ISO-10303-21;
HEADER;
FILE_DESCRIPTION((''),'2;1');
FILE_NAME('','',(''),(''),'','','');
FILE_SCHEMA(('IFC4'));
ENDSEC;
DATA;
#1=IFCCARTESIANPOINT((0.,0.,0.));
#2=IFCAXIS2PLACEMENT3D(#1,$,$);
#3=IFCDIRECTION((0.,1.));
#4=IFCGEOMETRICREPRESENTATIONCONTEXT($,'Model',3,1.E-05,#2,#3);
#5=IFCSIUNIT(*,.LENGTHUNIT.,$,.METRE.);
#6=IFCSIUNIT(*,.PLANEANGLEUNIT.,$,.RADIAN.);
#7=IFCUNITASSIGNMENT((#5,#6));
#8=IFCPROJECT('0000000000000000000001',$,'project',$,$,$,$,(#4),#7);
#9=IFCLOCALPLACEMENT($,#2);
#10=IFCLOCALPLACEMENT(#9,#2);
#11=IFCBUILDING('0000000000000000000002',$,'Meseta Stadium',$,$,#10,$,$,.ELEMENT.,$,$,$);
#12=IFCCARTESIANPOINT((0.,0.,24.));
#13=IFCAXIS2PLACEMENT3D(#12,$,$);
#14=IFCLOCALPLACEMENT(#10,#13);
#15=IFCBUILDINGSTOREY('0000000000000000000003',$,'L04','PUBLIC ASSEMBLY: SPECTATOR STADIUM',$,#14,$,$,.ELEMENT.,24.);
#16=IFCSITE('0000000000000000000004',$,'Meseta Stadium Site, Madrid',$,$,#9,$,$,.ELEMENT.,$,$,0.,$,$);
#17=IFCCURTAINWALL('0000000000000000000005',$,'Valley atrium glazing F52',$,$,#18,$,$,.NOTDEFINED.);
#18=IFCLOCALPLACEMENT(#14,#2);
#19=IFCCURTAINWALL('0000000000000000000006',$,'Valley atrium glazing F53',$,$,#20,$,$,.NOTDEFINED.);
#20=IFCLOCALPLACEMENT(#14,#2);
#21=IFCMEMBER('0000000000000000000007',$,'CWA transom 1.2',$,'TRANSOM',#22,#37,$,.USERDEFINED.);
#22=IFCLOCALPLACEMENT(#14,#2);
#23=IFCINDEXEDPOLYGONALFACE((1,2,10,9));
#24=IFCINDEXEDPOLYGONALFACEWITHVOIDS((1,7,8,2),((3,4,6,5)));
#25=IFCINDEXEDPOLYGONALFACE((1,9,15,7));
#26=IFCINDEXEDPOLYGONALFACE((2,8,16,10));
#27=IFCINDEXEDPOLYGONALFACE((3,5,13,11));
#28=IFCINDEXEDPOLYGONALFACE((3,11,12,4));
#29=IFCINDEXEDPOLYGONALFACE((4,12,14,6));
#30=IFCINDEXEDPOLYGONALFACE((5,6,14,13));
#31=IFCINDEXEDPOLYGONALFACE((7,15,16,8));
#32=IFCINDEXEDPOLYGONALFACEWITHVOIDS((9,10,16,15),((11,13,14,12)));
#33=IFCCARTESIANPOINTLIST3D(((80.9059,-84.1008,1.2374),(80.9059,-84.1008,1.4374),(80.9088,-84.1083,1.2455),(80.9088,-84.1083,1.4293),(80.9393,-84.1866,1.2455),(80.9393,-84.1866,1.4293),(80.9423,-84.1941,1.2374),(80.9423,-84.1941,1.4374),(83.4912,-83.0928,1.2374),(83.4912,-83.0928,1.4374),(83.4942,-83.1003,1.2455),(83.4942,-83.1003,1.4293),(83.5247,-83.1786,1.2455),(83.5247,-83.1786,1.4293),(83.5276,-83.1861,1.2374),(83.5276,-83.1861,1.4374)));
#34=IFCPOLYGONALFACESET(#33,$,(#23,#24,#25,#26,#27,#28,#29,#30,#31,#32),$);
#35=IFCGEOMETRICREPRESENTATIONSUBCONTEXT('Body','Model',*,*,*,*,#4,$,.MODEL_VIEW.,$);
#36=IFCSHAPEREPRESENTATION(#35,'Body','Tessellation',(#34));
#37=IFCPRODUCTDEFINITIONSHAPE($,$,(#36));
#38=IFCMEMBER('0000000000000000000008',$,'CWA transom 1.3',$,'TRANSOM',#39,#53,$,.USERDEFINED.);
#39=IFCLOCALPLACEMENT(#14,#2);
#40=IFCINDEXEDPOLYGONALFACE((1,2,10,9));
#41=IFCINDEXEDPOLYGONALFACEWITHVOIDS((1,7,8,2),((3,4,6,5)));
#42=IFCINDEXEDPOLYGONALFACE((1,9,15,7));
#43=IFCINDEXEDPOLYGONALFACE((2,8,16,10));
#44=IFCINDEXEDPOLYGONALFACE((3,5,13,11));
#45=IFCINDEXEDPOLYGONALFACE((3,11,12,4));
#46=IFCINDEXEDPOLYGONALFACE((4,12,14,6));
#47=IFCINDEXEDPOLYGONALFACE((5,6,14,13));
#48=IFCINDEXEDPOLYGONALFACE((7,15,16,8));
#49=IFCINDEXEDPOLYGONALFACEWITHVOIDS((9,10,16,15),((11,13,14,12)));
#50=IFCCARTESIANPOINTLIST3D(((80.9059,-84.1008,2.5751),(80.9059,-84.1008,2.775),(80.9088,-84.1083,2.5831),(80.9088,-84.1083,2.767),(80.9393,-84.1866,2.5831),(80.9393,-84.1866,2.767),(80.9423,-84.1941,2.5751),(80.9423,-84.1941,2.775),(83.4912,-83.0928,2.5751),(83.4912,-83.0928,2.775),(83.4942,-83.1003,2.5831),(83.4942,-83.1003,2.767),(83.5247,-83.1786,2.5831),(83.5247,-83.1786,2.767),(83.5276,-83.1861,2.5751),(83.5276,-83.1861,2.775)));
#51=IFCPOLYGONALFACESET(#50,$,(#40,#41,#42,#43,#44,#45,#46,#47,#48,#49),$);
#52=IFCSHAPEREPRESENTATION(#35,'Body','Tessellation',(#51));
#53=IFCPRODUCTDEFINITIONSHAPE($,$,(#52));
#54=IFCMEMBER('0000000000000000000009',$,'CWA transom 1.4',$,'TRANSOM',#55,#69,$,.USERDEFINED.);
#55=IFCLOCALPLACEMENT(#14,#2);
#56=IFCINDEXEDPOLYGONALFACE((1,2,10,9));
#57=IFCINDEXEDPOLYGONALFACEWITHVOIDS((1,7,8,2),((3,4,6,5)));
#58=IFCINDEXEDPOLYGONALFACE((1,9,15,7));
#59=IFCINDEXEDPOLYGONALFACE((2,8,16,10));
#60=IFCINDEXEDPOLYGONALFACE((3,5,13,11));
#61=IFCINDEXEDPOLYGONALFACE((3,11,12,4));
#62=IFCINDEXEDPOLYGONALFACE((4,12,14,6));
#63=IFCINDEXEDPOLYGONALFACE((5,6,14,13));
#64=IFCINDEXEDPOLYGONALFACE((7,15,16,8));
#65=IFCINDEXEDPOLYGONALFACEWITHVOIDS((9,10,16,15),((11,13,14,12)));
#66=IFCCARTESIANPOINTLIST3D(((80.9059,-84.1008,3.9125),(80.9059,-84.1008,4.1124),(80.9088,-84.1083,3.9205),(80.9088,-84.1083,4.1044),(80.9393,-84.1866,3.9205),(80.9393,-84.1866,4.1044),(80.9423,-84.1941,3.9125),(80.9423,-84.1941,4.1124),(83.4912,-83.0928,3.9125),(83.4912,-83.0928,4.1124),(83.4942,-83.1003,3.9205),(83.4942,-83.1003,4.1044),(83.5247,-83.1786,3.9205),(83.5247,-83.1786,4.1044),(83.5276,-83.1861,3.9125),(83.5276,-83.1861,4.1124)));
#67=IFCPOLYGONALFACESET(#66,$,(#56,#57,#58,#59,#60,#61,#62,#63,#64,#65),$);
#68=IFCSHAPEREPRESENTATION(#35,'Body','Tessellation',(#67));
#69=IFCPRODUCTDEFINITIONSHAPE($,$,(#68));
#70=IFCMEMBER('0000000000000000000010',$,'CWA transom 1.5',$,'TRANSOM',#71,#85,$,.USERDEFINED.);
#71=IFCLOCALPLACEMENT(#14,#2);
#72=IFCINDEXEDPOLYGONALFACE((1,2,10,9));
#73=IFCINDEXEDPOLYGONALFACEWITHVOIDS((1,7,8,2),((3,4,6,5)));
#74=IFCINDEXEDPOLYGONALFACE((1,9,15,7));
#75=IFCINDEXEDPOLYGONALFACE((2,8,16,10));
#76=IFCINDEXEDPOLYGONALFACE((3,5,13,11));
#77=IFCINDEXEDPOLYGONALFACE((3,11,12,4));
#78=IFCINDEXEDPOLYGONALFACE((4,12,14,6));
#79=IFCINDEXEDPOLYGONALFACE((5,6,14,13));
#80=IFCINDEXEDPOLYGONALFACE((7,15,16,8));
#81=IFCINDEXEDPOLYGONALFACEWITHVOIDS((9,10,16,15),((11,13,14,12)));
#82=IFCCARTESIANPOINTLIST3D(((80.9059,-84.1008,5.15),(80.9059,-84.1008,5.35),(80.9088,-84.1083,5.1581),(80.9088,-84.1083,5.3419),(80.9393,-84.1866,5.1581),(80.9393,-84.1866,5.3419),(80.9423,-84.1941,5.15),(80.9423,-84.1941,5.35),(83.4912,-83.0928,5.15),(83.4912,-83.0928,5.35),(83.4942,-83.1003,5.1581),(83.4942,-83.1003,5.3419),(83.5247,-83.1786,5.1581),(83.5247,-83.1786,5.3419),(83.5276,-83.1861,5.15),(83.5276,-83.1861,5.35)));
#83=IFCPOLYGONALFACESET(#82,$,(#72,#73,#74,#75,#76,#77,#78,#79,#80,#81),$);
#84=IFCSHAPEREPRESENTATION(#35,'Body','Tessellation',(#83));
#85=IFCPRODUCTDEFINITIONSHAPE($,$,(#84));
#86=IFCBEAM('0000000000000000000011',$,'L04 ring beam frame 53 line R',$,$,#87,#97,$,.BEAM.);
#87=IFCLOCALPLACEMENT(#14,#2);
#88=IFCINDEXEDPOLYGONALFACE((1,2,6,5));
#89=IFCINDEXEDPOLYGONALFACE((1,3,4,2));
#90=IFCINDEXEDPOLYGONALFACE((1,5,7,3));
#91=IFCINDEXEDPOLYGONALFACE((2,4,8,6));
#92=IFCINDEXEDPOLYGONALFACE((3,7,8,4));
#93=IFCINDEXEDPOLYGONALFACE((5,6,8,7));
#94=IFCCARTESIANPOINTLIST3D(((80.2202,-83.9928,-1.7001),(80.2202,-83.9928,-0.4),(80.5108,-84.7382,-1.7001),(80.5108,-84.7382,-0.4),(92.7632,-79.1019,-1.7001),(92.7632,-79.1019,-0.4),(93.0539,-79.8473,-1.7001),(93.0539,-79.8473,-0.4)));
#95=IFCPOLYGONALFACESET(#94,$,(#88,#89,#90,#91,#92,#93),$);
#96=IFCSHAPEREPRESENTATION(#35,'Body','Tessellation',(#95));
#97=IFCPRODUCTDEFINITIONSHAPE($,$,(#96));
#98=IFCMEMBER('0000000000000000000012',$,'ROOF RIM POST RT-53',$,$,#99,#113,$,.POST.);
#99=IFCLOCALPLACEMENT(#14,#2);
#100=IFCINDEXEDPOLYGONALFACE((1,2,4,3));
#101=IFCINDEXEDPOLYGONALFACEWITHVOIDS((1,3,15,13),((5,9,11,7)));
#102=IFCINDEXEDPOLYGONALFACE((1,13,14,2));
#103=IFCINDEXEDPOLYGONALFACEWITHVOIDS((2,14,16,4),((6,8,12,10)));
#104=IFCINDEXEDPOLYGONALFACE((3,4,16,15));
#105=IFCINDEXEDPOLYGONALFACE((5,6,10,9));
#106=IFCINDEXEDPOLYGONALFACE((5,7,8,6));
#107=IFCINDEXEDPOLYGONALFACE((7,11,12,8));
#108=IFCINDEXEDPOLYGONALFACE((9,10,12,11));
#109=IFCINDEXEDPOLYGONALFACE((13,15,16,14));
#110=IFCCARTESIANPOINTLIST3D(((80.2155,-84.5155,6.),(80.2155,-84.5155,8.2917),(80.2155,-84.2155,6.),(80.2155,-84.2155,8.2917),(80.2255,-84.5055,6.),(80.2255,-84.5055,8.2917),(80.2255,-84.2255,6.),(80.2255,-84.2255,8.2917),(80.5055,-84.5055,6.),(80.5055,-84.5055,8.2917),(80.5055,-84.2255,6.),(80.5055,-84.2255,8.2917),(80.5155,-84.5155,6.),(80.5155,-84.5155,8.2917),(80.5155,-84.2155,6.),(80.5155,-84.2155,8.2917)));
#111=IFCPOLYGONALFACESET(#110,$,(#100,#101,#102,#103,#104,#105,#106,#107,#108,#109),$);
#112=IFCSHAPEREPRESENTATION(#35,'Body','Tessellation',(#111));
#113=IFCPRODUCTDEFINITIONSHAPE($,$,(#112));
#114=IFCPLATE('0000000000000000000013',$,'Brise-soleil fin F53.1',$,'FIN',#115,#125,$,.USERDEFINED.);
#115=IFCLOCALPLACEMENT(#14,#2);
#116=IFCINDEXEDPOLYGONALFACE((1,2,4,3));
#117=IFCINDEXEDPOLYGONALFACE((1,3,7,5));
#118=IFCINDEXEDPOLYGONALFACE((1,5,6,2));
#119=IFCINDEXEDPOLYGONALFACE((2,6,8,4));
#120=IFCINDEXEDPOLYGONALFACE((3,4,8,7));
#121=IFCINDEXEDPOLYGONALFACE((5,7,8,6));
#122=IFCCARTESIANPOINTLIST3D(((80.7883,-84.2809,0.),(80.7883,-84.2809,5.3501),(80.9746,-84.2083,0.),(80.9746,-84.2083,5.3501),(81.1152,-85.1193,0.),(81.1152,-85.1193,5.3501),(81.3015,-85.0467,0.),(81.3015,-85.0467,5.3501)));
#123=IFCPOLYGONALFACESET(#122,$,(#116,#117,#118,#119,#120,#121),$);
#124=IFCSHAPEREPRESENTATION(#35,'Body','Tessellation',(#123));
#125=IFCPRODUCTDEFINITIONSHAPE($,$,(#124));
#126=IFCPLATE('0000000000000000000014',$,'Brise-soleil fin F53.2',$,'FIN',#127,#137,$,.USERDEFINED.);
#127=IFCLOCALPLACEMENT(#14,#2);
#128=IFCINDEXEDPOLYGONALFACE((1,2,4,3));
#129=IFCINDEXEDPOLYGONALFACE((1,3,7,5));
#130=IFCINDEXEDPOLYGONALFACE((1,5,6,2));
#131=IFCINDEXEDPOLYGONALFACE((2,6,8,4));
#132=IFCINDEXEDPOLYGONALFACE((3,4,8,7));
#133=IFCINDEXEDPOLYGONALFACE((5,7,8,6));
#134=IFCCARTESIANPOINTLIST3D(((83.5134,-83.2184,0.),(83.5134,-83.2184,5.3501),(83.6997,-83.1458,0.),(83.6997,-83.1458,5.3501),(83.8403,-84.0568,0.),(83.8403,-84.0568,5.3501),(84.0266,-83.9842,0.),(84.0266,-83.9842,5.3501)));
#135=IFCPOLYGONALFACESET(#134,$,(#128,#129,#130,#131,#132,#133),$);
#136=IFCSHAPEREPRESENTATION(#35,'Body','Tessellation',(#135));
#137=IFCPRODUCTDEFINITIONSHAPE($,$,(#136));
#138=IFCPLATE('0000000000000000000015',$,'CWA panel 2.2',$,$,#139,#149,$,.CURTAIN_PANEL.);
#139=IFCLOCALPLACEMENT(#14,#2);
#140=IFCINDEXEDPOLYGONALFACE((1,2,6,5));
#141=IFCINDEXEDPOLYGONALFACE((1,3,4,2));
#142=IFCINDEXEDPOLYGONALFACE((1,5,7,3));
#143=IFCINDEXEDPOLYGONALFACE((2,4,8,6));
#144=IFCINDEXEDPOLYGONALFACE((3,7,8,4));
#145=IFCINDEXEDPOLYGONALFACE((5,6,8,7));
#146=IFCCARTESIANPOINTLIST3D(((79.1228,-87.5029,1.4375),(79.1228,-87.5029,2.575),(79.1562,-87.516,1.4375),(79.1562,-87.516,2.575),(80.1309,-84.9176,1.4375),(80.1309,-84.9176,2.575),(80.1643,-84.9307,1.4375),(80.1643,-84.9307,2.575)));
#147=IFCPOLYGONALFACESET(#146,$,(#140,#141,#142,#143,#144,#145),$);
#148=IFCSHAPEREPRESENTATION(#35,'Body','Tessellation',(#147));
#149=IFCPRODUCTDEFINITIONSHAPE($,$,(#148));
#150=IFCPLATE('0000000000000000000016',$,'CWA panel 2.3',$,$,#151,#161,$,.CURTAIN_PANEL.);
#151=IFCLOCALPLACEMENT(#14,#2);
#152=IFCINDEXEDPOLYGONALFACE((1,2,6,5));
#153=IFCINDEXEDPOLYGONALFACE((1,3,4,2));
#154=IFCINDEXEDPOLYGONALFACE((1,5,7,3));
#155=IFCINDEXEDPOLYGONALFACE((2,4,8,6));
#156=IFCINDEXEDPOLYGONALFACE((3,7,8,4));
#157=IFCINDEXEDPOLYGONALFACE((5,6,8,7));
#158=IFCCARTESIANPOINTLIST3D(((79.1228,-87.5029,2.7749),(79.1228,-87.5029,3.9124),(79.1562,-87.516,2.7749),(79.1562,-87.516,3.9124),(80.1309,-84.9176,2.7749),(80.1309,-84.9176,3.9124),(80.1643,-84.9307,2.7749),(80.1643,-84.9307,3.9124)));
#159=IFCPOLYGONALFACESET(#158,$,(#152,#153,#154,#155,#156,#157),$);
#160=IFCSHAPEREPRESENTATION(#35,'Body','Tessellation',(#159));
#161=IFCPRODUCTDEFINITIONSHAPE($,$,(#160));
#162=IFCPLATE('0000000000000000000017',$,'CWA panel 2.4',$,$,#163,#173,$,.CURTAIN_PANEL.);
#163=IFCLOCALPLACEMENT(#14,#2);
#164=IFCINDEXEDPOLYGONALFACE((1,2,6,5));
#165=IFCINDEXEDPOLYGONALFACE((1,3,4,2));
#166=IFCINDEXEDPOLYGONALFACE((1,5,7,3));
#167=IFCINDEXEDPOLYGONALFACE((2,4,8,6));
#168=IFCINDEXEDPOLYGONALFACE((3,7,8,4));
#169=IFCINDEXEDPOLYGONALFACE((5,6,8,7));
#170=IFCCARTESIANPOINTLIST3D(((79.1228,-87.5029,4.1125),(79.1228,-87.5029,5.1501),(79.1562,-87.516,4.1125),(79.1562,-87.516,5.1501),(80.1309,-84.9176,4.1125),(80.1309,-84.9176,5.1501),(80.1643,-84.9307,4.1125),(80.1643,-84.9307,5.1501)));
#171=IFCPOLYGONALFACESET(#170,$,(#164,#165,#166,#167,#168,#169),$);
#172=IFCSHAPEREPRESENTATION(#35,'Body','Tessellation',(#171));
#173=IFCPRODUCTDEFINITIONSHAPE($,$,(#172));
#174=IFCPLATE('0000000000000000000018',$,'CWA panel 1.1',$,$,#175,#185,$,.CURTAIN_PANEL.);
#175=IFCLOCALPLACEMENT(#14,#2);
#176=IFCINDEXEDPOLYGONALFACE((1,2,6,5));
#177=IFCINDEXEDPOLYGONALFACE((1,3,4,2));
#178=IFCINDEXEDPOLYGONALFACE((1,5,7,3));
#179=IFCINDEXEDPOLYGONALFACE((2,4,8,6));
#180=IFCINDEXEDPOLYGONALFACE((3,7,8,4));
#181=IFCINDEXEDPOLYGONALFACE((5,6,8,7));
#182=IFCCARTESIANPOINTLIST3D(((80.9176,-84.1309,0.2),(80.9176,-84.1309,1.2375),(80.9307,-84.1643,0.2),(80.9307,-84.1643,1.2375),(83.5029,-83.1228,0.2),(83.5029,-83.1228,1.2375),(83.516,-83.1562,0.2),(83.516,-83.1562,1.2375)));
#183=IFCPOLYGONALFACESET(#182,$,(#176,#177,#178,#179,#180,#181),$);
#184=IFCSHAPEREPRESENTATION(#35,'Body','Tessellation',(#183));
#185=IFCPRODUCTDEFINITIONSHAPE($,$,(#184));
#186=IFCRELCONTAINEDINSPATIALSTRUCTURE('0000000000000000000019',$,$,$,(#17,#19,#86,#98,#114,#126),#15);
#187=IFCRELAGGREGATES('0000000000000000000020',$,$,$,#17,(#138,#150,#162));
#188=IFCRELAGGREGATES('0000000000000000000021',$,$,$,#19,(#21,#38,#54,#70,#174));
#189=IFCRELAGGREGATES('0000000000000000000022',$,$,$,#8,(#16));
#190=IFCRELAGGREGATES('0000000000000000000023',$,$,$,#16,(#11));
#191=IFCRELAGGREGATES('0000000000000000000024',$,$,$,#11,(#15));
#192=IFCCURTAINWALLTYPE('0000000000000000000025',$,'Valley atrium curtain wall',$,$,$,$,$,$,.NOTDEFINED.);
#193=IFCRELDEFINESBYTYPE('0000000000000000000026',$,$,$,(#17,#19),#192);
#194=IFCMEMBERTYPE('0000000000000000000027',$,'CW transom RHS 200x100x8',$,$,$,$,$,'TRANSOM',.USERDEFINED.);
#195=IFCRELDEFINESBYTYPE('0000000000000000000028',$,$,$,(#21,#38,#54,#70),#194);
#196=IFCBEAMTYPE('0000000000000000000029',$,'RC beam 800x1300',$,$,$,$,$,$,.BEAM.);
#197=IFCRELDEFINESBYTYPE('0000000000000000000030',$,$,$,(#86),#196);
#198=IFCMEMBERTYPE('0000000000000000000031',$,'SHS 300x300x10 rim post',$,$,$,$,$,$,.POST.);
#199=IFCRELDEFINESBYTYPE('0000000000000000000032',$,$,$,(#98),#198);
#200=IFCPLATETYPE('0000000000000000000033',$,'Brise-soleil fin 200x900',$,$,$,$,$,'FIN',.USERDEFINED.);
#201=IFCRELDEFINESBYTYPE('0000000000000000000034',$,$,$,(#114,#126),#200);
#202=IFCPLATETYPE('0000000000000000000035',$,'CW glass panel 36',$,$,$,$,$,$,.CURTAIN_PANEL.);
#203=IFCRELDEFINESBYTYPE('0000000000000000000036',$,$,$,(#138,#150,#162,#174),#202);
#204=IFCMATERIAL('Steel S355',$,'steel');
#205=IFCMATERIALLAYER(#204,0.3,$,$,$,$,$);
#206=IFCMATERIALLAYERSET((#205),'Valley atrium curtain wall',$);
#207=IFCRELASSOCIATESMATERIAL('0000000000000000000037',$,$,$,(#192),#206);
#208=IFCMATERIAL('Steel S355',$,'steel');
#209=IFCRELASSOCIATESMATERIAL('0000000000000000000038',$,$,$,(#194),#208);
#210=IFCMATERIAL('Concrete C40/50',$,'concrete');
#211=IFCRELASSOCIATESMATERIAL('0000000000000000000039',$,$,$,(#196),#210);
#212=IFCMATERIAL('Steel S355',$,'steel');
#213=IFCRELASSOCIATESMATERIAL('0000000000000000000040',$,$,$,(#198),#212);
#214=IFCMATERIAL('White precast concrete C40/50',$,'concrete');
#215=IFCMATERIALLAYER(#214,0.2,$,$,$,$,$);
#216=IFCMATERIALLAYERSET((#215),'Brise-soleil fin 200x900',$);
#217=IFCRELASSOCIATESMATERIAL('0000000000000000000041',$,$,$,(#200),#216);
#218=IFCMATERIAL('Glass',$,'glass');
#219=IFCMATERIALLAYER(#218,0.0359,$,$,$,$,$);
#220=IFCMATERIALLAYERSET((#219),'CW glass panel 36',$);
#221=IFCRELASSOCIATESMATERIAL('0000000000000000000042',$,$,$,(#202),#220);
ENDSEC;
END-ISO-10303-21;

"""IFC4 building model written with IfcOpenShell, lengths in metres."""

from ifc_helpers import new_model, si_unit, direction, frame, origin, origin_2d, place, context, subcontext, project, spatial, rectangle, hollow_rectangle, extrude, material, layer, layer_set, material_profile, profile_set, type_object, element, aggregate, save


model = new_model("IFC4")

# Units and contexts
model_context = context("Model", 3, precision=1e-05, world=origin(), true_north=direction((0.0, 1.0)))
body_context = subcontext(model_context, "Body", "Model", "MODEL_VIEW")
ifc_project = project(units=[si_unit("LENGTHUNIT", "METRE"), si_unit("PLANEANGLEUNIT", "RADIAN")], contexts=[model_context])

# Site, building, storey
site_placement = place(None, origin())
site = spatial("IfcSite", under=ifc_project, at=site_placement, Name="Meseta Stadium Site, Madrid", CompositionType="ELEMENT", RefElevation=0.0)
building_placement = place(site_placement, origin())
building = spatial("IfcBuilding", under=site, at=building_placement, Name="Meseta Stadium", CompositionType="ELEMENT")
storey_placement = place(building_placement, frame((0.0, 0.0, 24.0)))
storey = spatial("IfcBuildingStorey", under=building, at=storey_placement, Name="L04", Description="PUBLIC ASSEMBLY: SPECTATOR STADIUM", CompositionType="ELEMENT", Elevation=24.0)

# Curtain wall
ifc_material_1 = material(Name="Steel S355", Category="steel")
ifc_layer_1 = layer(ifc_material_1, 0.3)
ifc_layer_set_1 = layer_set([ifc_layer_1], Name="Valley atrium curtain wall")
curtain_wall_type = type_object("IfcCurtainWallType", Name="Valley atrium curtain wall", PredefinedType="NOTDEFINED", material=ifc_layer_set_1)
curtain_wall_1_placement = place(storey_placement, origin())
curtain_wall_1 = element("IfcCurtainWall", 1, at=curtain_wall_1_placement, inside=storey, type_object=curtain_wall_type, Name="Valley atrium glazing F52", PredefinedType="NOTDEFINED")

# Curtain wall, members
curtain_wall_2_placement = place(storey_placement, origin())
curtain_wall_2 = element("IfcCurtainWall", 2, at=curtain_wall_2_placement, inside=storey, type_object=curtain_wall_type, Name="Valley atrium glazing F53", PredefinedType="NOTDEFINED")
ifc_material_2 = material(Name="Steel S355", Category="steel")
ifc_material_profile_1 = material_profile(ifc_material_2, hollow_rectangle(XDim=0.1001, YDim=0.2, WallThickness=0.0081, at=origin_2d()), Name="RHS 200x100x8")
ifc_profile_set_1 = profile_set([ifc_material_profile_1], Name="Steel S355")
member_type_1 = type_object("IfcMemberType", Name="CW transom RHS 200x100x8", ElementType="TRANSOM", PredefinedType="USERDEFINED", material=ifc_profile_set_1)
member_1_placement = place(storey_placement, frame((80.9241, -84.1475, 1.3374), z_axis=(0.931687, 0.363261, 0.0), x_axis=(-0.363261, 0.931687, 0.0)))
member_1 = element("IfcMember", 3, at=member_1_placement, type_object=member_type_1, Name="CWA transom 1.2", ObjectType="TRANSOM", PredefinedType="USERDEFINED", context=body_context, shape_type="SweptSolid", body=[
    extrude(hollow_rectangle(XDim=0.1001, YDim=0.2, WallThickness=0.0081, at=origin_2d()), origin(), (0.0, 0.0, 1.0), 2.7749),
])
member_2_placement = place(storey_placement, frame((80.9241, -84.1475, 2.675), z_axis=(0.931687, 0.363261, 0.0), x_axis=(-0.363261, 0.931687, 0.0)))
member_2 = element("IfcMember", 4, at=member_2_placement, type_object=member_type_1, Name="CWA transom 1.3", ObjectType="TRANSOM", PredefinedType="USERDEFINED", context=body_context, shape_type="SweptSolid", body=[
    extrude(hollow_rectangle(XDim=0.1001, YDim=0.2, WallThickness=0.0081, at=origin_2d()), origin(), (0.0, 0.0, 1.0), 2.7749),
])
member_3_placement = place(storey_placement, frame((80.9241, -84.1475, 4.0125), z_axis=(0.931687, 0.363261, 0.0), x_axis=(-0.363261, 0.931687, 0.0)))
member_3 = element("IfcMember", 5, at=member_3_placement, type_object=member_type_1, Name="CWA transom 1.4", ObjectType="TRANSOM", PredefinedType="USERDEFINED", context=body_context, shape_type="SweptSolid", body=[
    extrude(hollow_rectangle(XDim=0.1001, YDim=0.2, WallThickness=0.0081, at=origin_2d()), origin(), (0.0, 0.0, 1.0), 2.7749),
])
member_4_placement = place(storey_placement, frame((80.9241, -84.1475, 5.25), z_axis=(0.931687, 0.363261, 0.0), x_axis=(-0.363261, 0.931687, 0.0)))
member_4 = element("IfcMember", 6, at=member_4_placement, type_object=member_type_1, Name="CWA transom 1.5", ObjectType="TRANSOM", PredefinedType="USERDEFINED", context=body_context, shape_type="SweptSolid", body=[
    extrude(hollow_rectangle(XDim=0.1001, YDim=0.2, WallThickness=0.0081, at=origin_2d()), origin(), (0.0, 0.0, 1.0), 2.7749),
])

# Beam
ifc_material_3 = material(Name="Concrete C40/50", Category="concrete")
ifc_material_profile_2 = material_profile(ifc_material_3, rectangle(XDim=0.8, YDim=1.3, at=origin_2d()), Name="RC 800x1300")
ifc_profile_set_2 = profile_set([ifc_material_profile_2], Name="Concrete C40/50")
beam_type_1 = type_object("IfcBeamType", Name="RC beam 800x1300", PredefinedType="BEAM", material=ifc_profile_set_2)
beam_placement = place(storey_placement, frame((80.3655, -84.3655, -1.05), z_axis=(0.931677, 0.363288, 0.0), x_axis=(-0.363288, 0.931677, 0.0)))
element("IfcBeam", 7, at=beam_placement, inside=storey, type_object=beam_type_1, Name="L04 ring beam frame 53 line R", PredefinedType="BEAM", context=body_context, shape_type="SweptSolid", body=[
    extrude(rectangle(XDim=0.8, YDim=1.3, at=origin_2d()), origin(), (0.0, 0.0, 1.0), 13.4629),
])

# Member
ifc_material_4 = material(Name="Steel S355", Category="steel")
ifc_material_profile_3 = material_profile(ifc_material_4, hollow_rectangle(XDim=0.3, YDim=0.3, WallThickness=0.01, at=origin_2d()), Name="SHS 300x300x10")
ifc_profile_set_3 = profile_set([ifc_material_profile_3], Name="Steel S355")
member_type_2 = type_object("IfcMemberType", Name="SHS 300x300x10 rim post", PredefinedType="POST", material=ifc_profile_set_3)
member_5_placement = place(storey_placement, frame((80.3655, -84.3655, 6.0), z_axis=(0.0, 0.0, 1.0), x_axis=(1.0, 0.0, 0.0)))
element("IfcMember", 8, at=member_5_placement, inside=storey, type_object=member_type_2, Name="ROOF RIM POST RT-53", PredefinedType="POST", context=body_context, shape_type="SweptSolid", body=[
    extrude(hollow_rectangle(XDim=0.3, YDim=0.3, WallThickness=0.01, at=origin_2d()), origin(), (0.0, 0.0, 1.0), 2.2917),
])

# Plates
ifc_material_5 = material(Name="White precast concrete C40/50", Category="concrete")
ifc_layer_2 = layer(ifc_material_5, 0.2)
ifc_layer_set_2 = layer_set([ifc_layer_2], Name="Brise-soleil fin 200x900")
plate_type_1 = type_object("IfcPlateType", Name="Brise-soleil fin 200x900", ElementType="FIN", PredefinedType="USERDEFINED", material=ifc_layer_set_2)
for number, where, z_axis, x_axis, name in (
    (9, (81.0449, -84.6638, 0.0), (0.0, 0.0, 1.0), (0.93168, 0.36328, 0.0), "Brise-soleil fin F53.1"),
    (10, (83.77, -83.6013, 0.0), (0.0, 0.0, 1.0), (0.93168, 0.36328, 0.0), "Brise-soleil fin F53.2"),
):
    element("IfcPlate", number, at=place(storey_placement, frame(where, z_axis=z_axis, x_axis=x_axis)), inside=storey, type_object=plate_type_1, Name=name, ObjectType="FIN", PredefinedType="USERDEFINED", context=body_context, shape_type="SweptSolid", body=[
        extrude(rectangle(XDim=0.2, YDim=0.8999, at=origin_2d()), origin(), (0.0, 0.0, 1.0), 5.3501),
    ])

# Plates
ifc_material_6 = material(Name="Glass", Category="glass")
ifc_layer_3 = layer(ifc_material_6, 0.0359)
ifc_layer_set_3 = layer_set([ifc_layer_3], Name="CW glass panel 36")
plate_type_2 = type_object("IfcPlateType", Name="CW glass panel 36", PredefinedType="CURTAIN_PANEL", material=ifc_layer_set_3)
plate_1_placement = place(storey_placement, frame((79.6436, -86.2168, 1.4375), z_axis=(0.0, 0.0, 1.0), x_axis=(0.36328, 0.93168, 0.0)))
plate_1 = element("IfcPlate", 11, at=plate_1_placement, type_object=plate_type_2, Name="CWA panel 2.2", PredefinedType="CURTAIN_PANEL", context=body_context, shape_type="SweptSolid", body=[
    extrude(rectangle(XDim=2.7749, YDim=0.0359, at=origin_2d()), origin(), (0.0, 0.0, 1.0), 1.1375),
])
plate_2_placement = place(storey_placement, frame((79.6436, -86.2168, 2.7749), z_axis=(0.0, 0.0, 1.0), x_axis=(0.36328, 0.93168, 0.0)))
plate_2 = element("IfcPlate", 12, at=plate_2_placement, type_object=plate_type_2, Name="CWA panel 2.3", PredefinedType="CURTAIN_PANEL", context=body_context, shape_type="SweptSolid", body=[
    extrude(rectangle(XDim=2.7749, YDim=0.0359, at=origin_2d()), origin(), (0.0, 0.0, 1.0), 1.1375),
])
plate_3_placement = place(storey_placement, frame((79.6436, -86.2168, 4.1125), z_axis=(0.0, 0.0, 1.0), x_axis=(0.36328, 0.93168, 0.0)))
plate_3 = element("IfcPlate", 13, at=plate_3_placement, type_object=plate_type_2, Name="CWA panel 2.4", PredefinedType="CURTAIN_PANEL", context=body_context, shape_type="SweptSolid", body=[
    extrude(rectangle(XDim=2.7749, YDim=0.0359, at=origin_2d()), origin(), (0.0, 0.0, 1.0), 1.0376),
])
aggregate(curtain_wall_1, [plate_1, plate_2, plate_3])
plate_4_placement = place(storey_placement, frame((82.2168, -83.6436, 0.2), z_axis=(0.0, 0.0, 1.0), x_axis=(0.93168, 0.36328, 0.0)))
plate_4 = element("IfcPlate", 14, at=plate_4_placement, type_object=plate_type_2, Name="CWA panel 1.1", PredefinedType="CURTAIN_PANEL", context=body_context, shape_type="SweptSolid", body=[
    extrude(rectangle(XDim=2.7749, YDim=0.0359, at=origin_2d()), origin(), (0.0, 0.0, 1.0), 1.0376),
])
aggregate(curtain_wall_2, [member_1, member_2, member_3, member_4, plate_4])

save(model, "model.ifc")
